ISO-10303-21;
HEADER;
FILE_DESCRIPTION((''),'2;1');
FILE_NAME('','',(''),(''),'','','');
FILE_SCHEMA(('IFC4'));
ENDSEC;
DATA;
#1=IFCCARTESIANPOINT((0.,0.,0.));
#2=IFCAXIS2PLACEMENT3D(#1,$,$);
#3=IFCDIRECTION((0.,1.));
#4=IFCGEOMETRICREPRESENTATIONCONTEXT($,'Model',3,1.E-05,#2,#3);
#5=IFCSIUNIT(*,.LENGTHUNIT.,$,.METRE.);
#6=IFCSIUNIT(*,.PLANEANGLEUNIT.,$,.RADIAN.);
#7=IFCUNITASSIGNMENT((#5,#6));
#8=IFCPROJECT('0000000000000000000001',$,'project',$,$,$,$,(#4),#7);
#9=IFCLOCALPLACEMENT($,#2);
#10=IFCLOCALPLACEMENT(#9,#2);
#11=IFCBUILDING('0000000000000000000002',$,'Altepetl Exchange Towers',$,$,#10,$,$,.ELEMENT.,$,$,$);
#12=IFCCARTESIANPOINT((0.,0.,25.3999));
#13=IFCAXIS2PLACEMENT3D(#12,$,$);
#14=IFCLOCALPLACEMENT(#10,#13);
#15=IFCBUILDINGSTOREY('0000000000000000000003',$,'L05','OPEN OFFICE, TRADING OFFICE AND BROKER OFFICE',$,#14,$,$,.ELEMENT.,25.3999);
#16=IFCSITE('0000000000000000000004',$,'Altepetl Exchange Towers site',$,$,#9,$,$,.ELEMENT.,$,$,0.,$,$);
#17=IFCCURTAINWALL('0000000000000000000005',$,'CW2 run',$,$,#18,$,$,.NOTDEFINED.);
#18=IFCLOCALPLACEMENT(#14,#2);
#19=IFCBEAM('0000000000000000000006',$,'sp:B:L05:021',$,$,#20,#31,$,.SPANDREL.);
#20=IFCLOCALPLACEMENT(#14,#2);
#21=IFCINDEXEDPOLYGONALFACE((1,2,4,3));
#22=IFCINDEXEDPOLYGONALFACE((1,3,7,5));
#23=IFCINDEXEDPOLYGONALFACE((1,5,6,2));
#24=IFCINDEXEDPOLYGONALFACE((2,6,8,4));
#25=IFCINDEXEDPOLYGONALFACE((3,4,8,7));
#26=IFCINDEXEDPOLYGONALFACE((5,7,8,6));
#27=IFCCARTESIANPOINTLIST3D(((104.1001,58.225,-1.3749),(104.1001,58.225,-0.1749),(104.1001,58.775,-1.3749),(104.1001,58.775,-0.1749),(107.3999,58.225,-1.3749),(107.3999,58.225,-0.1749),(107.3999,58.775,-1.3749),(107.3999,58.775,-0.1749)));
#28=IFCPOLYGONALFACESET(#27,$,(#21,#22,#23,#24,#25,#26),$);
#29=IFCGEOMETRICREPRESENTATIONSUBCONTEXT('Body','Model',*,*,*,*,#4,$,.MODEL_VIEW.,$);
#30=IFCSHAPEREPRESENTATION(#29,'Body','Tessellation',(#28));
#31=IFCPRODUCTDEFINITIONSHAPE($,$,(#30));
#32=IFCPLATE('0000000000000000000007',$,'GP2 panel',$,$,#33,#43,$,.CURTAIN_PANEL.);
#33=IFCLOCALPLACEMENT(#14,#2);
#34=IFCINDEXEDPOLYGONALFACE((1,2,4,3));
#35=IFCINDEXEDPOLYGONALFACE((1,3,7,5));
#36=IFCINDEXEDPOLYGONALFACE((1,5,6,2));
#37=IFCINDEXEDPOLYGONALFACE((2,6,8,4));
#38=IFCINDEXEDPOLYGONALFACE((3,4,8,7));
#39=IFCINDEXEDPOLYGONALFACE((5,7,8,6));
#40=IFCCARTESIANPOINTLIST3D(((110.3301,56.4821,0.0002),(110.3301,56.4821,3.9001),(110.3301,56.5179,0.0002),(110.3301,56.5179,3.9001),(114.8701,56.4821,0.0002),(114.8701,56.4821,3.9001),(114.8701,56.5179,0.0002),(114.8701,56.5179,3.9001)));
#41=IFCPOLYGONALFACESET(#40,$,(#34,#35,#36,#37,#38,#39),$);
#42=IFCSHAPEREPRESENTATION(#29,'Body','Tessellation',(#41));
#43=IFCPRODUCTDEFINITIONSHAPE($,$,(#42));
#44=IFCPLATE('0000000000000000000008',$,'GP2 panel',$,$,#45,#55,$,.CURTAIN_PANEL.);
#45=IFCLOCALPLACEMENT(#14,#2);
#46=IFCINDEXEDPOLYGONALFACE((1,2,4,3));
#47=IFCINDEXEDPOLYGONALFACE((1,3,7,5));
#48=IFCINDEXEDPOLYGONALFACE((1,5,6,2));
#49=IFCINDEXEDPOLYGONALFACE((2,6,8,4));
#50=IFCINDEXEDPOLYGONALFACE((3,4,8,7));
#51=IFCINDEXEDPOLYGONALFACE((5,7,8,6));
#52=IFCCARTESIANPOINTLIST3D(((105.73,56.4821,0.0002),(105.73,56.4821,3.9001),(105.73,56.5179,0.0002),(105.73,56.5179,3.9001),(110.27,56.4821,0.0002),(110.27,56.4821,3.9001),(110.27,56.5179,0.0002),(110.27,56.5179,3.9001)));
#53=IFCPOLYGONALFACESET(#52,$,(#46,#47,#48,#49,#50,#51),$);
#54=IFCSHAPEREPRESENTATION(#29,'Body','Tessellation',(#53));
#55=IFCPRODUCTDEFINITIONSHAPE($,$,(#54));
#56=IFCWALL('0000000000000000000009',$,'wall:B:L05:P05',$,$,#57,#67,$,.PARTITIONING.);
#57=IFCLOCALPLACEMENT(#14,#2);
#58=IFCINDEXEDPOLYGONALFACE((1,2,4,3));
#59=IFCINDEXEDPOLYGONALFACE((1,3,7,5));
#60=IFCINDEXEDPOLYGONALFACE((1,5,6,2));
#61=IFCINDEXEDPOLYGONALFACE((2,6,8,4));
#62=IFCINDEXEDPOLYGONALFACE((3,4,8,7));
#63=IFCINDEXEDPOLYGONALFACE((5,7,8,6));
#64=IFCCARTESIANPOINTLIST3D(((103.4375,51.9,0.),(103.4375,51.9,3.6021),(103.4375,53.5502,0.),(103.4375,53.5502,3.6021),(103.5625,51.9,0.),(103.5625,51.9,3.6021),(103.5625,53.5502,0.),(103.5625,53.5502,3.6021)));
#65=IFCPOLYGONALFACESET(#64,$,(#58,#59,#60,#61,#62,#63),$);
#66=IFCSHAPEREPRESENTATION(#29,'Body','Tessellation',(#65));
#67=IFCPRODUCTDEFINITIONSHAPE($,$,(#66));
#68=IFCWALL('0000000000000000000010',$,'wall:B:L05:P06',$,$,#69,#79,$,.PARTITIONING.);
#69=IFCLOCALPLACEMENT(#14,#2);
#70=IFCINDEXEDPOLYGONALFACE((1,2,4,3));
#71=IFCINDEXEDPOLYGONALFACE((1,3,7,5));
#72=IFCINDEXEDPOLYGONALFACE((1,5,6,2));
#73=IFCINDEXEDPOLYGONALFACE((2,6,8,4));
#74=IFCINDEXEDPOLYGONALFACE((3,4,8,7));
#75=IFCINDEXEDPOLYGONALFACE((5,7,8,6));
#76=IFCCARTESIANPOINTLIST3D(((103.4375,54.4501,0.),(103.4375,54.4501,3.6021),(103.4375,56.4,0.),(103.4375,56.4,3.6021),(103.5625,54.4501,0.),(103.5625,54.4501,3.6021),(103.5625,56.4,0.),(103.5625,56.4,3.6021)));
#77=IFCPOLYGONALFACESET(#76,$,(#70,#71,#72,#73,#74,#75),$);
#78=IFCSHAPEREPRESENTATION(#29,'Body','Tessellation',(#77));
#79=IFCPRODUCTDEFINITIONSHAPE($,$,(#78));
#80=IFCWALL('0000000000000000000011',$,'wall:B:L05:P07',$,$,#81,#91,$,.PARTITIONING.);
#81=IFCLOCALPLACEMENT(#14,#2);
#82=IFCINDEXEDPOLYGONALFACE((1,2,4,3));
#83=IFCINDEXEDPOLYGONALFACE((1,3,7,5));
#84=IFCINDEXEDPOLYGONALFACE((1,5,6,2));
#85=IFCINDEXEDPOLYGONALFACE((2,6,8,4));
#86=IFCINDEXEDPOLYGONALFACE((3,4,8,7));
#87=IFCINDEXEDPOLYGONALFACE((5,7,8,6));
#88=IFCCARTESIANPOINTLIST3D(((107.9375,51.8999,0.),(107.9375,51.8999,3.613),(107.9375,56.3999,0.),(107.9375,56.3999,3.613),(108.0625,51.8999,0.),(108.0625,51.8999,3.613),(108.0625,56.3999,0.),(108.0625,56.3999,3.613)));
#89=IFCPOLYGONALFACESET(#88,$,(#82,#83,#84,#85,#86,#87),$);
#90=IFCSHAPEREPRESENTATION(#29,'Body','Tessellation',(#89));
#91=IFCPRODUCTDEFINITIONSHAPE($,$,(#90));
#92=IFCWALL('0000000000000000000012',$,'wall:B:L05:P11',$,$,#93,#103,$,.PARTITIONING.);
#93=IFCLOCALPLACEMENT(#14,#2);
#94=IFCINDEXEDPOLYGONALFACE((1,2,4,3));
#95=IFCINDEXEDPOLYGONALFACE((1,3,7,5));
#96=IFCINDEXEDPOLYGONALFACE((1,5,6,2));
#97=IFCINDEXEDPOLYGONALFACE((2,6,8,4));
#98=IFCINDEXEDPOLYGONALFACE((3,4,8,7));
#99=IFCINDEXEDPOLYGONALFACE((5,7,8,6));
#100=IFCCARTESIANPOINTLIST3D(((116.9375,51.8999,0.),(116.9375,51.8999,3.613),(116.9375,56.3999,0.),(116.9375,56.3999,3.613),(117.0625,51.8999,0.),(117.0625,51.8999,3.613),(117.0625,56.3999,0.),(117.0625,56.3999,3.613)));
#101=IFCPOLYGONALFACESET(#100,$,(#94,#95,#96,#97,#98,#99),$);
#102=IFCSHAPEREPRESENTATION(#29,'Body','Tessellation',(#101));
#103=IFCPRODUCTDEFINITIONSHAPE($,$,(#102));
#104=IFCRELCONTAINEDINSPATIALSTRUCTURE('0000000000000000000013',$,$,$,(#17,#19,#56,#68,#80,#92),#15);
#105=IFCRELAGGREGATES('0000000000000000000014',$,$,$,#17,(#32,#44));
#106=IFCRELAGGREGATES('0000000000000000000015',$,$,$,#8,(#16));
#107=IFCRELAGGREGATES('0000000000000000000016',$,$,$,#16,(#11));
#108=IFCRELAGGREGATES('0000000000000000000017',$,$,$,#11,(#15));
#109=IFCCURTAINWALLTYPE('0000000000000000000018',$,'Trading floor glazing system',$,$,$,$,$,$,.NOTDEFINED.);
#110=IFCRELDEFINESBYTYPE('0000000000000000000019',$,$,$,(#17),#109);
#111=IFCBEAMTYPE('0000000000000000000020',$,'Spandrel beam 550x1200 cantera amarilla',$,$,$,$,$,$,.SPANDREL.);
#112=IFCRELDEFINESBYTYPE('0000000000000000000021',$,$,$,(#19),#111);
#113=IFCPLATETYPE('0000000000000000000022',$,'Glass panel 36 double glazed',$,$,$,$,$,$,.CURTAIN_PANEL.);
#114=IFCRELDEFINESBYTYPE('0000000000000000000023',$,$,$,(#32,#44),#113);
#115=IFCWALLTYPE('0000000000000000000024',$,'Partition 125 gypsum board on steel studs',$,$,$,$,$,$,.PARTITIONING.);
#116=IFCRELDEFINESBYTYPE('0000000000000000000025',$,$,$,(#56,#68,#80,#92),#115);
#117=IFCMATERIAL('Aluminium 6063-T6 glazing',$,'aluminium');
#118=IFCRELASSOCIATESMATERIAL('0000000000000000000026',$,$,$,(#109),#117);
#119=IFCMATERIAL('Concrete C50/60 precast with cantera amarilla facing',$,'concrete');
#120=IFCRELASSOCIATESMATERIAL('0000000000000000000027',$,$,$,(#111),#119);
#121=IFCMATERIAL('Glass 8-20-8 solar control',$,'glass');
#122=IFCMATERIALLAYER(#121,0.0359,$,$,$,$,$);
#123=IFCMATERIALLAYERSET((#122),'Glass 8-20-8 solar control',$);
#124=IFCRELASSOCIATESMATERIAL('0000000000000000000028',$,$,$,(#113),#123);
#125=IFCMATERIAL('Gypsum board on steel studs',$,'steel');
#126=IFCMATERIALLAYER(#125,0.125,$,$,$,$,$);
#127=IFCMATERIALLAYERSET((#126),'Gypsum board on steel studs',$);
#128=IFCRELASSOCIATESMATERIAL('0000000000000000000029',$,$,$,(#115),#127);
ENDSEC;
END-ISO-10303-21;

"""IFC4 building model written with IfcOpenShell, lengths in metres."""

from ifc_helpers import new_model, si_unit, direction, frame, frame_2d, origin, origin_2d, place, context, subcontext, project, spatial, rectangle, extrude, material, layer, layer_set, material_profile, profile_set, type_object, element, aggregate, save


model = new_model("IFC4")

# Units and contexts
model_context = context("Model", 3, precision=1e-05, world=origin(), true_north=direction((0.0, 1.0)))
body_context = subcontext(model_context, "Body", "Model", "MODEL_VIEW")
ifc_project = project(units=[si_unit("LENGTHUNIT", "METRE"), si_unit("PLANEANGLEUNIT", "RADIAN")], contexts=[model_context])

# Site, building, storey
site_placement = place(None, origin())
site = spatial("IfcSite", under=ifc_project, at=site_placement, Name="Altepetl Exchange Towers site", CompositionType="ELEMENT", RefElevation=0.0)
building_placement = place(site_placement, origin())
building = spatial("IfcBuilding", under=site, at=building_placement, Name="Altepetl Exchange Towers", CompositionType="ELEMENT")
storey_placement = place(building_placement, frame((0.0, 0.0, 25.3999)))
storey = spatial("IfcBuildingStorey", under=building, at=storey_placement, Name="L05", Description="OPEN OFFICE, TRADING OFFICE AND BROKER OFFICE", CompositionType="ELEMENT", Elevation=25.3999)

# Curtain wall
ifc_material_1 = material(Name="Aluminium 6063-T6 glazing", Category="aluminium")
curtain_wall_type = type_object("IfcCurtainWallType", Name="Trading floor glazing system", PredefinedType="NOTDEFINED", material=ifc_material_1)
curtain_wall_placement = place(storey_placement, origin())
curtain_wall = element("IfcCurtainWall", 1, at=curtain_wall_placement, inside=storey, type_object=curtain_wall_type, Name="CW2 run", PredefinedType="NOTDEFINED")

# Beam
ifc_material_2 = material(Name="Concrete C50/60 precast with cantera amarilla facing", Category="concrete")
ifc_material_profile_1 = material_profile(ifc_material_2, rectangle(XDim=0.55, YDim=1.2, at=origin_2d()), Name="550 x 1200")
ifc_profile_set_1 = profile_set([ifc_material_profile_1], Name="Concrete C50/60 precast with cantera amarilla facing")
beam_type_1 = type_object("IfcBeamType", Name="Spandrel beam 550x1200 cantera amarilla", PredefinedType="SPANDREL", material=ifc_profile_set_1)
for number, where, z_axis, x_axis, name in (
    (2, (107.3999, 58.5, -0.7749), (-1.0, 0.0, 0.0), (0.0, -1.0, 0.0), "sp:B:L05:021"),
):
    element("IfcBeam", number, at=place(storey_placement, frame(where, z_axis=z_axis, x_axis=x_axis)), inside=storey, type_object=beam_type_1, Name=name, PredefinedType="SPANDREL", context=body_context, shape_type="SweptSolid", body=[
        extrude(rectangle(XDim=0.55, YDim=1.2, at=origin_2d()), origin(), (0.0, 0.0, 1.0), 3.2998),
    ])

# Plates
ifc_material_3 = material(Name="Glass 8-20-8 solar control", Category="glass")
ifc_layer_1 = layer(ifc_material_3, 0.0359)
ifc_layer_set_1 = layer_set([ifc_layer_1], Name="Glass 8-20-8 solar control")
plate_type = type_object("IfcPlateType", Name="Glass panel 36 double glazed", PredefinedType="CURTAIN_PANEL", material=ifc_layer_set_1)
plate_1_placement = place(storey_placement, frame((112.6001, 56.5, 0.0002), z_axis=(0.0, 0.0, 1.0), x_axis=(-1.0, 0.0, 0.0)))
plate_1 = element("IfcPlate", 3, at=plate_1_placement, type_object=plate_type, Name="GP2 panel", PredefinedType="CURTAIN_PANEL", context=body_context, shape_type="SweptSolid", body=[
    extrude(rectangle(XDim=4.54, YDim=0.0359, at=origin_2d()), origin(), (0.0, 0.0, 1.0), 3.8999),
])
plate_2_placement = place(storey_placement, frame((108.0, 56.5, 0.0002), z_axis=(0.0, 0.0, 1.0), x_axis=(-1.0, 0.0, 0.0)))
plate_2 = element("IfcPlate", 4, at=plate_2_placement, type_object=plate_type, Name="GP2 panel", PredefinedType="CURTAIN_PANEL", context=body_context, shape_type="SweptSolid", body=[
    extrude(rectangle(XDim=4.54, YDim=0.0359, at=origin_2d()), origin(), (0.0, 0.0, 1.0), 3.8999),
])
aggregate(curtain_wall, [plate_1, plate_2])

# Walls
ifc_material_4 = material(Name="Gypsum board on steel studs", Category="steel")
ifc_layer_2 = layer(ifc_material_4, 0.125)
ifc_layer_set_2 = layer_set([ifc_layer_2], Name="Gypsum board on steel studs")
wall_type = type_object("IfcWallType", Name="Partition 125 gypsum board on steel studs", PredefinedType="PARTITIONING", material=ifc_layer_set_2)
wall_1_placement = place(storey_placement, frame((103.5, 51.8999, 0.0), z_axis=(0.0, 0.0, 1.0), x_axis=(0.0, 1.0, 0.0)))
element("IfcWall", 5, at=wall_1_placement, inside=storey, type_object=wall_type, Name="wall:B:L05:P05", PredefinedType="PARTITIONING", context=body_context, shape_type="SweptSolid", body=[
    extrude(rectangle(XDim=1.6501, YDim=0.125, at=frame_2d((0.8252, 0.0))), origin(), (0.0, 0.0, 1.0), 3.6021),
])
wall_2_placement = place(storey_placement, frame((103.5, 54.45, 0.0), z_axis=(0.0, 0.0, 1.0), x_axis=(0.0, 1.0, 0.0)))
element("IfcWall", 6, at=wall_2_placement, inside=storey, type_object=wall_type, Name="wall:B:L05:P06", PredefinedType="PARTITIONING", context=body_context, shape_type="SweptSolid", body=[
    extrude(rectangle(XDim=1.95, YDim=0.125, at=frame_2d((0.9751, 0.0))), origin(), (0.0, 0.0, 1.0), 3.6021),
])
for number, where, z_axis, x_axis, name in (
    (7, (108.0, 51.8999, 0.0), (0.0, 0.0, 1.0), (0.0, 1.0, 0.0), "wall:B:L05:P07"),
    (8, (117.0, 51.8999, 0.0), (0.0, 0.0, 1.0), (0.0, 1.0, 0.0), "wall:B:L05:P11"),
):
    element("IfcWall", number, at=place(storey_placement, frame(where, z_axis=z_axis, x_axis=x_axis)), inside=storey, type_object=wall_type, Name=name, PredefinedType="PARTITIONING", context=body_context, shape_type="SweptSolid", body=[
        extrude(rectangle(XDim=4.5, YDim=0.125, at=frame_2d((2.25, 0.0))), origin(), (0.0, 0.0, 1.0), 3.613),
    ])

save(model, "model.ifc")
